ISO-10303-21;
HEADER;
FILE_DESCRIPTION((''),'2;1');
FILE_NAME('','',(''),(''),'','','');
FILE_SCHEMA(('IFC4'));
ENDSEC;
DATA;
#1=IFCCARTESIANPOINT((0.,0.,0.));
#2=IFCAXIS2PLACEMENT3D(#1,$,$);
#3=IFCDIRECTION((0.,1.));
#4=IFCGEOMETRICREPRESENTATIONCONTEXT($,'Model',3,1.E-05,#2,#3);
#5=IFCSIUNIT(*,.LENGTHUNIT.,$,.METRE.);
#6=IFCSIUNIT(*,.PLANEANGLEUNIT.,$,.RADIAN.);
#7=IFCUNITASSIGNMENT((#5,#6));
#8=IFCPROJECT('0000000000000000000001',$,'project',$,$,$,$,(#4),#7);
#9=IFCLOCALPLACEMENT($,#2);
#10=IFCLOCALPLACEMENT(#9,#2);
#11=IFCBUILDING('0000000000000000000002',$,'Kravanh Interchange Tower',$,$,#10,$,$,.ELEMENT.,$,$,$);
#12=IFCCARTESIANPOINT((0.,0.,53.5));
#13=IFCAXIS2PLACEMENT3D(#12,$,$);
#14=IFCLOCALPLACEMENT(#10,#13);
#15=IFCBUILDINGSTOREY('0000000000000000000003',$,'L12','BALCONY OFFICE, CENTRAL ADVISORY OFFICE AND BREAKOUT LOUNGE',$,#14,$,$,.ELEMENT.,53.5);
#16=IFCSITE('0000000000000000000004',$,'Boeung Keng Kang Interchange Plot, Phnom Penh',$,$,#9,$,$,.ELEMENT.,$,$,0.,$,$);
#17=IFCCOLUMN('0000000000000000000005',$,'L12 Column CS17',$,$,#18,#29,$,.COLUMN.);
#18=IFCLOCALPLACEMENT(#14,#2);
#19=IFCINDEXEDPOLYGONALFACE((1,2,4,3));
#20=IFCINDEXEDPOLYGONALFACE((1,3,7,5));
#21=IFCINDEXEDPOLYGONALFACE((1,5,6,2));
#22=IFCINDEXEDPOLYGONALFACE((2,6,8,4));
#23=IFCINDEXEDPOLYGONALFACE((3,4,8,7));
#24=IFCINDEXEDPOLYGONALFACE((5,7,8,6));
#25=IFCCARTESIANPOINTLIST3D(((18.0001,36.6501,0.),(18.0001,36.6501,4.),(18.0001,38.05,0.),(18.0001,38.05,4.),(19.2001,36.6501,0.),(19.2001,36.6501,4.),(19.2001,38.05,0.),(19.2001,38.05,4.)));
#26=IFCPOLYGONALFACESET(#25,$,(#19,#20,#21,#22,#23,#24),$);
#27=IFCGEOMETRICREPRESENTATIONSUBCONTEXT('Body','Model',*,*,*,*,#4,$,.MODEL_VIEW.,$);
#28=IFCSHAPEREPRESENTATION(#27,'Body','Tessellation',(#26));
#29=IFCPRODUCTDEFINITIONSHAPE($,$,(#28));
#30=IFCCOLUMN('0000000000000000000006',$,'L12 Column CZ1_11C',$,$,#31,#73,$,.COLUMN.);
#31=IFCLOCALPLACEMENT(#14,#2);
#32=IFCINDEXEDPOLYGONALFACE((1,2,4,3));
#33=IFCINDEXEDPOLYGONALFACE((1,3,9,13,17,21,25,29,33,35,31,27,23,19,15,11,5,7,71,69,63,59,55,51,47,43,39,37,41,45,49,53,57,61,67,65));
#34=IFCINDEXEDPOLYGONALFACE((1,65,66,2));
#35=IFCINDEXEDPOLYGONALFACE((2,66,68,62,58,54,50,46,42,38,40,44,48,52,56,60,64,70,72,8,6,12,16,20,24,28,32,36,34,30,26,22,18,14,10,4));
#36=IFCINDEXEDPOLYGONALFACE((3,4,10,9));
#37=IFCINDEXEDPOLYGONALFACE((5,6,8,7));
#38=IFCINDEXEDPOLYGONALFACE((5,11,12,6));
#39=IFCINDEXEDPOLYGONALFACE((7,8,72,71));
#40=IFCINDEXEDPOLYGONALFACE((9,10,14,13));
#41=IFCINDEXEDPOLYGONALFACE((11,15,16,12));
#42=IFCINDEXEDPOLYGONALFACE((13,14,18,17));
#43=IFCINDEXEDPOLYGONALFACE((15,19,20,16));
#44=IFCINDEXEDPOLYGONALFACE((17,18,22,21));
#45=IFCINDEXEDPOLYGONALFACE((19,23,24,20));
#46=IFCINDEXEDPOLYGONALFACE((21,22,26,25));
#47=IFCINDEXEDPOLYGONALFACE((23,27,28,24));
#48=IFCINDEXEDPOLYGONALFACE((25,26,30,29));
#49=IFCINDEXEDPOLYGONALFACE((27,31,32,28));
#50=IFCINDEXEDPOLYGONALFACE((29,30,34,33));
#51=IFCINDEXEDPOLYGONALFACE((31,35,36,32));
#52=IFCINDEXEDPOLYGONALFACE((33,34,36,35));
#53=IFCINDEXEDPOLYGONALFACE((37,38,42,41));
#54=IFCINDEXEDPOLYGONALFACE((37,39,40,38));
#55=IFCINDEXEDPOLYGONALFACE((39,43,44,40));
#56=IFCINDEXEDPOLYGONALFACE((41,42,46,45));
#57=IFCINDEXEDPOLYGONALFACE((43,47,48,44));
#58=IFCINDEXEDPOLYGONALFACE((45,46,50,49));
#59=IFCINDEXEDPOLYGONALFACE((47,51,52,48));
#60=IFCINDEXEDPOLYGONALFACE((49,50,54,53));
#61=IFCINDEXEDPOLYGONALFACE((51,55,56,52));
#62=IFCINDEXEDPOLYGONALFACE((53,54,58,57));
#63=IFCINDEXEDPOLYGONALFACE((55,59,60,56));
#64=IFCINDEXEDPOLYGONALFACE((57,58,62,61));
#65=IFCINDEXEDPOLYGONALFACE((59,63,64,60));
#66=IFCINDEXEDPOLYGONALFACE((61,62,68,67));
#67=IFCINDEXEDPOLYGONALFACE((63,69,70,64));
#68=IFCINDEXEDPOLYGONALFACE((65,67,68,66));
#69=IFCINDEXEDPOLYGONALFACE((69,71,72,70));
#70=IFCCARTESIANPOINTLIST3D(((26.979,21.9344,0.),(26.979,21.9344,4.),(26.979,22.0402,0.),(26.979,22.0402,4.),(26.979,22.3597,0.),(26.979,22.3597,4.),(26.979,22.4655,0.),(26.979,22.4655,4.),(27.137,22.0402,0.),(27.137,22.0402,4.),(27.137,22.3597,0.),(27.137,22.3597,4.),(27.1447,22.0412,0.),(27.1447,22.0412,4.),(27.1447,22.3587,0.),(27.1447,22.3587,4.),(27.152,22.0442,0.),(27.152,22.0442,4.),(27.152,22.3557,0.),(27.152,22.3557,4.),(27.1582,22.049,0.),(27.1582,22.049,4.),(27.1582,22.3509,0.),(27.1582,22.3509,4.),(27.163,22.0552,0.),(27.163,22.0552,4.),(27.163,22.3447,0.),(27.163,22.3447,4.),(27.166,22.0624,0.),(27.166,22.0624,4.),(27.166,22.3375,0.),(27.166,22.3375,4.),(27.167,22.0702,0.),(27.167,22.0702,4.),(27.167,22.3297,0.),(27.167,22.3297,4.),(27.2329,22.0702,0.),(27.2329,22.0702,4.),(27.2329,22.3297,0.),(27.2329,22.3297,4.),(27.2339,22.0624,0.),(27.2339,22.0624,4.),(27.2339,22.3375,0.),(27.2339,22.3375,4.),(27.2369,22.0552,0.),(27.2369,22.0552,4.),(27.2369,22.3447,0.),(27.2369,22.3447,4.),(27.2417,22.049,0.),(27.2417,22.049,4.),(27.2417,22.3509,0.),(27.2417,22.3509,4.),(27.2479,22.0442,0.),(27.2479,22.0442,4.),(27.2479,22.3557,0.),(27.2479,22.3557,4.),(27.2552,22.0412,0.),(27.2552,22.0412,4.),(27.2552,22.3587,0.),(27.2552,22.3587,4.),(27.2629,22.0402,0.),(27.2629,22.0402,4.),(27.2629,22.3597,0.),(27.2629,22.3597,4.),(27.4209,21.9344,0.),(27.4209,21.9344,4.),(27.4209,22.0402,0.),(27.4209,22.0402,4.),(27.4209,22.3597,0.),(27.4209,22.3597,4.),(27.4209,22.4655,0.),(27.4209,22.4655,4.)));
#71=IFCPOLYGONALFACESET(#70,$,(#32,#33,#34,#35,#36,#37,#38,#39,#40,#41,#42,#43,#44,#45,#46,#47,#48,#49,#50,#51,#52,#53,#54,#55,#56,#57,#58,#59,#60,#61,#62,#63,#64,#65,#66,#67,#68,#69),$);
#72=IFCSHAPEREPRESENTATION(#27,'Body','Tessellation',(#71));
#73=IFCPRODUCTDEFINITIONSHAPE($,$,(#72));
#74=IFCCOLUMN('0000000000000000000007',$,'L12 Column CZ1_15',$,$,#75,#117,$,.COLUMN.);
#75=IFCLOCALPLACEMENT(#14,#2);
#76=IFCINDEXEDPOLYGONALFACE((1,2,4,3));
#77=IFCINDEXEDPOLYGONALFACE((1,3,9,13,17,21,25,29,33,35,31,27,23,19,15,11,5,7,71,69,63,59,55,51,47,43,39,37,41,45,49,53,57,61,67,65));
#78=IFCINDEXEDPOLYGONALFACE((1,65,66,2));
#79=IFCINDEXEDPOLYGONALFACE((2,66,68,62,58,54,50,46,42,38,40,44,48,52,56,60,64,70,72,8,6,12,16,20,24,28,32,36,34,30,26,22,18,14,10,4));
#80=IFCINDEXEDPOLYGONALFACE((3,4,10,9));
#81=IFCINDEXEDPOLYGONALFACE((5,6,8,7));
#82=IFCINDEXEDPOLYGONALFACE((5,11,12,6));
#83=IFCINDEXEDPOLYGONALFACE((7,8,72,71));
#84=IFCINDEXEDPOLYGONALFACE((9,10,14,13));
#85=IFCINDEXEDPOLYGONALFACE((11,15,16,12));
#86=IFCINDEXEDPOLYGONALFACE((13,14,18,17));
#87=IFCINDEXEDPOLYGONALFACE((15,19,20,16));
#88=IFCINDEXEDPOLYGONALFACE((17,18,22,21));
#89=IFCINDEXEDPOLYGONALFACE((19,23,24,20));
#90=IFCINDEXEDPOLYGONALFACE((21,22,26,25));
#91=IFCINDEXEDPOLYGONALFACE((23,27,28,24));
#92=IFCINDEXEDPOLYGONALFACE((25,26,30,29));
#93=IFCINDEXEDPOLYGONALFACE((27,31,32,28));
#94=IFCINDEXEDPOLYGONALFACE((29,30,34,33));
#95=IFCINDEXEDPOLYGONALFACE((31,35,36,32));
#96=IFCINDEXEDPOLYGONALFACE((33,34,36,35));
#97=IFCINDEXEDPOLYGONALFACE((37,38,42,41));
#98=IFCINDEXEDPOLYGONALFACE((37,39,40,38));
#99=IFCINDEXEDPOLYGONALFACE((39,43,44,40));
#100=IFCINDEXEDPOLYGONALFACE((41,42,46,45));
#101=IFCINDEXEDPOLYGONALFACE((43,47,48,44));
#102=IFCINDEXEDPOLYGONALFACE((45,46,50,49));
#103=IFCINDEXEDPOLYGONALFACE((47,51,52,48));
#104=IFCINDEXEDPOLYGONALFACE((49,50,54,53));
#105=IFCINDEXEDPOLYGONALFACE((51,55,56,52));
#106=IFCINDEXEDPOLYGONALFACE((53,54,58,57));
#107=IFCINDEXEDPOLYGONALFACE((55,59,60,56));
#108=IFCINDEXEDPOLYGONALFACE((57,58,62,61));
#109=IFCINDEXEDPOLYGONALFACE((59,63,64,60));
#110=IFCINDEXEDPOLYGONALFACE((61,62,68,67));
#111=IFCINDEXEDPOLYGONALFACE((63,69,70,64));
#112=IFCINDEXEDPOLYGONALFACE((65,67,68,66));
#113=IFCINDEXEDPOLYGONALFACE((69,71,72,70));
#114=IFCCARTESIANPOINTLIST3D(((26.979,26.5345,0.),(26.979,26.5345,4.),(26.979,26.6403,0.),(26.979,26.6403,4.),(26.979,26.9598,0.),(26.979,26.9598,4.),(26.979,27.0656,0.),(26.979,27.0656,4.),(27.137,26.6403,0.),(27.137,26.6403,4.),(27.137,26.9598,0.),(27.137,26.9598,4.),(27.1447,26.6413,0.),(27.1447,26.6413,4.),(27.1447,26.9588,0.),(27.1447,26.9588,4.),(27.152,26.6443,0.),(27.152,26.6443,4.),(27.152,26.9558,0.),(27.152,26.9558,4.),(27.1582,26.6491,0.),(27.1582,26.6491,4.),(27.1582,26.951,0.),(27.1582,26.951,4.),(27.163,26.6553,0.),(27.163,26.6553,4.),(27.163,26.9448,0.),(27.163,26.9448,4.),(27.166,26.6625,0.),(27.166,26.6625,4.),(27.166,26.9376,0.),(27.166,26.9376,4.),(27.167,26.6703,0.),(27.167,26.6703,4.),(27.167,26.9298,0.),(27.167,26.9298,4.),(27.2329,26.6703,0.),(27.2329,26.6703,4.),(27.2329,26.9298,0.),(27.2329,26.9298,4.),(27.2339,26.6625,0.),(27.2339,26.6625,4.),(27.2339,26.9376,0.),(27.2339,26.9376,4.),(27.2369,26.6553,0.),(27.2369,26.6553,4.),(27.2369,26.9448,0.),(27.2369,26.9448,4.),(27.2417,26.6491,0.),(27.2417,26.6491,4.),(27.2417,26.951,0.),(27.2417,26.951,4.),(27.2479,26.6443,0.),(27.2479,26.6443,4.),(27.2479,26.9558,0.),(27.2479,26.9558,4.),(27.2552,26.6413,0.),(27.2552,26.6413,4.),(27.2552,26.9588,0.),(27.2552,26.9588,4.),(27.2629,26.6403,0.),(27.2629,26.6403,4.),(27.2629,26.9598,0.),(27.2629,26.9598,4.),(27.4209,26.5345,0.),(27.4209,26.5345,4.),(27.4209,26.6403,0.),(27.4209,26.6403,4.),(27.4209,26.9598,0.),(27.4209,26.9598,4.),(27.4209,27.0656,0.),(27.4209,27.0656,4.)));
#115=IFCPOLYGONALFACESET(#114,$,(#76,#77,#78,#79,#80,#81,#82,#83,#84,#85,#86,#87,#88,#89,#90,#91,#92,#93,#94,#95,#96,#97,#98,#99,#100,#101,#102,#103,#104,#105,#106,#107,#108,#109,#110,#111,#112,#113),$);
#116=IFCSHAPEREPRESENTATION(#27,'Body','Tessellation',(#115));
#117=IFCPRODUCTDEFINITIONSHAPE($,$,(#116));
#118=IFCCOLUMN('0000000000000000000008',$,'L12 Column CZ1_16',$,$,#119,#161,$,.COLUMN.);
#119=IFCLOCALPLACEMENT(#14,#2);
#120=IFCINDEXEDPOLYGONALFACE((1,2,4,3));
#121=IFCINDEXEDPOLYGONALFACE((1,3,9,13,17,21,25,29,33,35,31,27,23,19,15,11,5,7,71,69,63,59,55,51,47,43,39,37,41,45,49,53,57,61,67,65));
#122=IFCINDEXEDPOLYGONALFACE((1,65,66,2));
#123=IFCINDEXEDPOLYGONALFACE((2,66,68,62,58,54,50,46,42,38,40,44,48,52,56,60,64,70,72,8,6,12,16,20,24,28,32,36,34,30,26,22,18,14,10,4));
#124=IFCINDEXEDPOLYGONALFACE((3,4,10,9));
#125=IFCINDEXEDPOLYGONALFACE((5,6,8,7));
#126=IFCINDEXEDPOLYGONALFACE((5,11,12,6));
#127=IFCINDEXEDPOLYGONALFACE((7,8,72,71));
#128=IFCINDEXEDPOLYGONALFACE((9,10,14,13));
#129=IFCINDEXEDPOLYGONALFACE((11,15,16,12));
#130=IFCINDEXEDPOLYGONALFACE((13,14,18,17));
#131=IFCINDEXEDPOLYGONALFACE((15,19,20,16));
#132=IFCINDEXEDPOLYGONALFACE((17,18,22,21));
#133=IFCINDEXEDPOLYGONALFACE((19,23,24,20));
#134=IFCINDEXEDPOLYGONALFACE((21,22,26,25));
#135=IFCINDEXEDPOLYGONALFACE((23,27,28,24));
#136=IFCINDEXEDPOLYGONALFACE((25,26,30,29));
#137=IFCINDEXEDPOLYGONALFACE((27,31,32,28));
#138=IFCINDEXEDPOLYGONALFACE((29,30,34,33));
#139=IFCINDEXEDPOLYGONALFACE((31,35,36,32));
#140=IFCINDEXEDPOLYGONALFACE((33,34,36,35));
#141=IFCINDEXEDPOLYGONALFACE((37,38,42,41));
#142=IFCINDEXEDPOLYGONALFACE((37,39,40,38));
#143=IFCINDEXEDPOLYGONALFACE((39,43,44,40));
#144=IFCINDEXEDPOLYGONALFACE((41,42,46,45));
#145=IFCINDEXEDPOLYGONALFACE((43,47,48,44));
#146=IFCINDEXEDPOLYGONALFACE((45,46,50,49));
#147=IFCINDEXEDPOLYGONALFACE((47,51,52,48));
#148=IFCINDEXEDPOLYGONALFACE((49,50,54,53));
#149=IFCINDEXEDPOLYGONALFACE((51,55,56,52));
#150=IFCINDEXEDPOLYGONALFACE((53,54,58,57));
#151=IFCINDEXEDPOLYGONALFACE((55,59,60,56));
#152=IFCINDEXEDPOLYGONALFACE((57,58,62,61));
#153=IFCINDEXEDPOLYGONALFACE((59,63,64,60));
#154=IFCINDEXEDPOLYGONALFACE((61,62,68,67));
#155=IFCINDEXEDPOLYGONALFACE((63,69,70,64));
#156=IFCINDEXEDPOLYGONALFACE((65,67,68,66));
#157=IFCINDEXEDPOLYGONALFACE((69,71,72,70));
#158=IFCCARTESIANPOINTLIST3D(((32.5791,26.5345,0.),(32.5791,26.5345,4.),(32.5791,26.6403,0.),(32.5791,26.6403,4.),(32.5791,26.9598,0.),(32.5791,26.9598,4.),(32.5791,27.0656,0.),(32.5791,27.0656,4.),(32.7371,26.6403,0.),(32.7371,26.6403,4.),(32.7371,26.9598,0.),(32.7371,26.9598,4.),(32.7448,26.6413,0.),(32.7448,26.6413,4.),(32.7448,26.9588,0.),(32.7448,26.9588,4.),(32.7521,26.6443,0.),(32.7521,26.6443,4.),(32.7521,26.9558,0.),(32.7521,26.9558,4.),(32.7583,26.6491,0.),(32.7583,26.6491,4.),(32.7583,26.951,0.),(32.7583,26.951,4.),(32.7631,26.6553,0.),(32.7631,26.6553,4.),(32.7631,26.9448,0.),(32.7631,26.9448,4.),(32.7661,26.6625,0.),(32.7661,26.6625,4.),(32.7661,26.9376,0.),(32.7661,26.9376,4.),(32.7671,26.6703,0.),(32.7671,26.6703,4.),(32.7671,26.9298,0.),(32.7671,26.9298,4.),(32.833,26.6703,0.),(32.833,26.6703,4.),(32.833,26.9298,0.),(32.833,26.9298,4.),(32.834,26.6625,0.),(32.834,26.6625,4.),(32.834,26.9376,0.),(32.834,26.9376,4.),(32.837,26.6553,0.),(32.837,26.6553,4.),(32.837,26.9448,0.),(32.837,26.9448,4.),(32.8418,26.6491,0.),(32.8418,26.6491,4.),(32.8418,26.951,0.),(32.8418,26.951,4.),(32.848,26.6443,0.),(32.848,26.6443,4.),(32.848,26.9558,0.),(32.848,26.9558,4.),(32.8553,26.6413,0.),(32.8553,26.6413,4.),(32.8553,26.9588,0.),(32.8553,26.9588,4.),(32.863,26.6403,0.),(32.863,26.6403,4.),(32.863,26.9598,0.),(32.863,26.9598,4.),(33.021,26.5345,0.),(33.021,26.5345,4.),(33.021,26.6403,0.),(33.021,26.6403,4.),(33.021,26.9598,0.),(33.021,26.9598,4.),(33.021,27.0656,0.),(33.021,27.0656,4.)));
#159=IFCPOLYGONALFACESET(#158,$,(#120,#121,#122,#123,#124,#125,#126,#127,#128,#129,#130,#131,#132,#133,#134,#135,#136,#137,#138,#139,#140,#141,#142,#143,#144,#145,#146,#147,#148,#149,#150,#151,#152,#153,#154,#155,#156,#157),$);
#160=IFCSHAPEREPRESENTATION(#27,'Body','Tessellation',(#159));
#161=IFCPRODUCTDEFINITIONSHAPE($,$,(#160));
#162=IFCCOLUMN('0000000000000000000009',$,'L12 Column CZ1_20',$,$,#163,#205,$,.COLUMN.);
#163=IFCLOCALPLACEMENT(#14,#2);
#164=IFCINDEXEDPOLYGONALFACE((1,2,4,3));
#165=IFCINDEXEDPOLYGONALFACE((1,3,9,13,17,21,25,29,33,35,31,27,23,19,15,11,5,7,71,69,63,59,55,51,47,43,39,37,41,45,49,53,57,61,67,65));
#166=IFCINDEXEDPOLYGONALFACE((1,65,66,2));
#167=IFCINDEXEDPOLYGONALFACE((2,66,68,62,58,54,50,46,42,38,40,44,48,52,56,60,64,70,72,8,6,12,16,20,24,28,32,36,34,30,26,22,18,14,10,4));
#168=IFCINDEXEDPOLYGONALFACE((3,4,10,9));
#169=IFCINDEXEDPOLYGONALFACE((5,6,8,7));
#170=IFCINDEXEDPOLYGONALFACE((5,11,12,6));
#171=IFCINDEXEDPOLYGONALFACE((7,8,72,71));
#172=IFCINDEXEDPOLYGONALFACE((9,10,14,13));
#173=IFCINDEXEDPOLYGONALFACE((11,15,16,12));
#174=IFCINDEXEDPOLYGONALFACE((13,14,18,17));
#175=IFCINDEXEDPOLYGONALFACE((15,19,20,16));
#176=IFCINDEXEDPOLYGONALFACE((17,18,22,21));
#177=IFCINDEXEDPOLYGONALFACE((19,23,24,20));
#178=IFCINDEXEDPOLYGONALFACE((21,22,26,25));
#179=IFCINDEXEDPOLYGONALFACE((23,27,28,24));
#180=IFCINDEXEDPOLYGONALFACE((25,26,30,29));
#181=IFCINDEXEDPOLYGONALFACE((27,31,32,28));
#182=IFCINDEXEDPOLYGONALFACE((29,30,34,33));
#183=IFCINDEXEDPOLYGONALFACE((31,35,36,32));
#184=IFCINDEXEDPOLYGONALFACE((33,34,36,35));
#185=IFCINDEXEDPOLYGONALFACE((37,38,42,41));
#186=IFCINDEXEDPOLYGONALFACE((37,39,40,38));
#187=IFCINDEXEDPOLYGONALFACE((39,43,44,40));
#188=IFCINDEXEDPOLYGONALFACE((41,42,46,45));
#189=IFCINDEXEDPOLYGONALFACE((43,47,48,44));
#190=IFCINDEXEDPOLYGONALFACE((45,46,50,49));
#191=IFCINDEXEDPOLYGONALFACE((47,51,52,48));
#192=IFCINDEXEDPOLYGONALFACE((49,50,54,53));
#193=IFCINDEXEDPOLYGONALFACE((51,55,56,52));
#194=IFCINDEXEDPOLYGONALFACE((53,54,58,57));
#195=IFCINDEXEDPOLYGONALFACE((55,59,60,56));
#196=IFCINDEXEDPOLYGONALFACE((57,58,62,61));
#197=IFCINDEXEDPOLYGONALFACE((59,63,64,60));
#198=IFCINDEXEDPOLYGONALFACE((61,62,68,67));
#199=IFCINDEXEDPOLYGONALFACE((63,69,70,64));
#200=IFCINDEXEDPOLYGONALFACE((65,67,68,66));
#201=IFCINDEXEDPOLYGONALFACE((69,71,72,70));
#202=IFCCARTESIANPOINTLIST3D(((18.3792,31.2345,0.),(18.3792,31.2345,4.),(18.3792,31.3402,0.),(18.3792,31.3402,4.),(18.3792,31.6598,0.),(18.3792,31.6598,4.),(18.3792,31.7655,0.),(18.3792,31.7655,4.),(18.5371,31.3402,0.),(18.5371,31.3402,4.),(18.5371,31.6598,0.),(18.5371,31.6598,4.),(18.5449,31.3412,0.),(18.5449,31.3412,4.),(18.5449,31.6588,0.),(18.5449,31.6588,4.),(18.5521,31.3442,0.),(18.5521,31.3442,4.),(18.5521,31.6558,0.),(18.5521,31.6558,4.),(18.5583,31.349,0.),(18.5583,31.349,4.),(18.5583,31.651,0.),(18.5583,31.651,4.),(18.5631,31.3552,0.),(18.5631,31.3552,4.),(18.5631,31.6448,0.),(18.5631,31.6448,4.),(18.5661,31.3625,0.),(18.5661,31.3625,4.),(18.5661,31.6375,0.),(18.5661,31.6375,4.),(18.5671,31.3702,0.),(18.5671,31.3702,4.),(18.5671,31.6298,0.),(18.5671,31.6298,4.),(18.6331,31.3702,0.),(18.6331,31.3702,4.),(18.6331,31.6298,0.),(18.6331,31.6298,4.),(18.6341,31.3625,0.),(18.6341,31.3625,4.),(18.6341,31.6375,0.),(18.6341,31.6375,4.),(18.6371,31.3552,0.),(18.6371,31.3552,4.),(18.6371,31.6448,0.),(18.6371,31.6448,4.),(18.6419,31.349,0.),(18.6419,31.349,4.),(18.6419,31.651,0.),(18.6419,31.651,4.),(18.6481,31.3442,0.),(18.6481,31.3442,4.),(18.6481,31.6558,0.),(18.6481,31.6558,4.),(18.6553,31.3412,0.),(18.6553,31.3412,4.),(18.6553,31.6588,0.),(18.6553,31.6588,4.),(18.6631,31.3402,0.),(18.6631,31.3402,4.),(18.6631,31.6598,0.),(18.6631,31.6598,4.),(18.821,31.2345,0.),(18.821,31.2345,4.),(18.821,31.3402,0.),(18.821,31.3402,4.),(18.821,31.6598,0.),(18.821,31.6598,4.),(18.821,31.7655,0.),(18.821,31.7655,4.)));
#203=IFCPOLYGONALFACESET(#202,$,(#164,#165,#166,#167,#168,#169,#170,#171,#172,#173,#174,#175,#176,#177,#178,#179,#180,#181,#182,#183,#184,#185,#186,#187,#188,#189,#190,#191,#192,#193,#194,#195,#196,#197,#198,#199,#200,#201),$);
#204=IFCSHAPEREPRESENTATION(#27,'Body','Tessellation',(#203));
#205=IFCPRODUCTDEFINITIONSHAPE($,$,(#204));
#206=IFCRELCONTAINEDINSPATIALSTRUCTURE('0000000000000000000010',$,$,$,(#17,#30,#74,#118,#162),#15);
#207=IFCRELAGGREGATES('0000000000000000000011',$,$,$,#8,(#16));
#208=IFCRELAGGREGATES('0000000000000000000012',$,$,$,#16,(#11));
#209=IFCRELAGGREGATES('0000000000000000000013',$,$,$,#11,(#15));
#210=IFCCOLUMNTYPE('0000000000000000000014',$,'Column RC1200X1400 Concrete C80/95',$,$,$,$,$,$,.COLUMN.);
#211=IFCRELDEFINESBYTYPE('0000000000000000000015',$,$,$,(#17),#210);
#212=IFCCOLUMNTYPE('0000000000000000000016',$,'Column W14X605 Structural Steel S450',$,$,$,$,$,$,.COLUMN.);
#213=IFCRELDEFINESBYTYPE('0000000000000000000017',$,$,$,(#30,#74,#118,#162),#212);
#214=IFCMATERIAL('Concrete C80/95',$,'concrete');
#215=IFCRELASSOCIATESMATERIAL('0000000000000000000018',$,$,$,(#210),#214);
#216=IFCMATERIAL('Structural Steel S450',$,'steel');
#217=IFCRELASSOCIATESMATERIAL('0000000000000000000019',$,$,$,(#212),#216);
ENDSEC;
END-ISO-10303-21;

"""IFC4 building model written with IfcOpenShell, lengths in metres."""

from ifc_helpers import new_model, si_unit, direction, frame, origin, origin_2d, place, context, subcontext, project, spatial, rectangle, i_section, extrude, material, material_profile, profile_set, type_object, element, save


model = new_model("IFC4")

# Units and contexts
model_context = context("Model", 3, precision=1e-05, world=origin(), true_north=direction((0.0, 1.0)))
body_context = subcontext(model_context, "Body", "Model", "MODEL_VIEW")
ifc_project = project(units=[si_unit("LENGTHUNIT", "METRE"), si_unit("PLANEANGLEUNIT", "RADIAN")], contexts=[model_context])

# Site, building, storey
site_placement = place(None, origin())
site = spatial("IfcSite", under=ifc_project, at=site_placement, Name="Boeung Keng Kang Interchange Plot, Phnom Penh", CompositionType="ELEMENT", RefElevation=0.0)
building_placement = place(site_placement, origin())
building = spatial("IfcBuilding", under=site, at=building_placement, Name="Kravanh Interchange Tower", CompositionType="ELEMENT")
storey_placement = place(building_placement, frame((0.0, 0.0, 53.5)))
storey = spatial("IfcBuildingStorey", under=building, at=storey_placement, Name="L12", Description="BALCONY OFFICE, CENTRAL ADVISORY OFFICE AND BREAKOUT LOUNGE", CompositionType="ELEMENT", Elevation=53.5)

# Columns
ifc_material_1 = material(Name="Concrete C80/95", Category="concrete")
ifc_material_profile_1 = material_profile(ifc_material_1, rectangle(XDim=1.2, YDim=1.3999, at=origin_2d()), Name="RC1200X1400")
ifc_profile_set_1 = profile_set([ifc_material_profile_1], Name="Concrete C80/95")
column_type_1 = type_object("IfcColumnType", Name="Column RC1200X1400 Concrete C80/95", PredefinedType="COLUMN", material=ifc_profile_set_1)
column_placement = place(storey_placement, frame((18.6001, 37.3501, 0.0), z_axis=(0.0, 0.0, 1.0), x_axis=(1.0, 0.0, 0.0)))
element("IfcColumn", 1, at=column_placement, inside=storey, type_object=column_type_1, Name="L12 Column CS17", PredefinedType="COLUMN", context=body_context, shape_type="SweptSolid", body=[
    extrude(rectangle(XDim=1.2, YDim=1.3999, at=origin_2d()), origin(), (0.0, 0.0, 1.0), 4.0),
])
ifc_material_2 = material(Name="Structural Steel S450", Category="steel")
ifc_material_profile_2 = material_profile(ifc_material_2, i_section(OverallWidth=0.4419, OverallDepth=0.531, WebThickness=0.0659, FlangeThickness=0.1057, FilletRadius=0.03, at=origin_2d()), Name="W14X605")
ifc_profile_set_2 = profile_set([ifc_material_profile_2], Name="Structural Steel S450")
column_type_2 = type_object("IfcColumnType", Name="Column W14X605 Structural Steel S450", PredefinedType="COLUMN", material=ifc_profile_set_2)
for number, where, z_axis, x_axis, name in (
    (2, (27.2, 22.2, 0.0), (0.0, 0.0, 1.0), (1.0, 0.0, 0.0), "L12 Column CZ1_11C"),
    (3, (27.2, 26.8, 0.0), (0.0, 0.0, 1.0), (1.0, 0.0, 0.0), "L12 Column CZ1_15"),
    (4, (32.8, 26.8, 0.0), (0.0, 0.0, 1.0), (1.0, 0.0, 0.0), "L12 Column CZ1_16"),
    (5, (18.6001, 31.5, 0.0), (0.0, 0.0, 1.0), (1.0, 0.0, 0.0), "L12 Column CZ1_20"),
):
    element("IfcColumn", number, at=place(storey_placement, frame(where, z_axis=z_axis, x_axis=x_axis)), inside=storey, type_object=column_type_2, Name=name, PredefinedType="COLUMN", context=body_context, shape_type="SweptSolid", body=[
        extrude(i_section(OverallWidth=0.4419, OverallDepth=0.531, WebThickness=0.0659, FlangeThickness=0.1057, FilletRadius=0.03, at=origin_2d()), origin(), (0.0, 0.0, 1.0), 4.0),
    ])

save(model, "model.ifc")
